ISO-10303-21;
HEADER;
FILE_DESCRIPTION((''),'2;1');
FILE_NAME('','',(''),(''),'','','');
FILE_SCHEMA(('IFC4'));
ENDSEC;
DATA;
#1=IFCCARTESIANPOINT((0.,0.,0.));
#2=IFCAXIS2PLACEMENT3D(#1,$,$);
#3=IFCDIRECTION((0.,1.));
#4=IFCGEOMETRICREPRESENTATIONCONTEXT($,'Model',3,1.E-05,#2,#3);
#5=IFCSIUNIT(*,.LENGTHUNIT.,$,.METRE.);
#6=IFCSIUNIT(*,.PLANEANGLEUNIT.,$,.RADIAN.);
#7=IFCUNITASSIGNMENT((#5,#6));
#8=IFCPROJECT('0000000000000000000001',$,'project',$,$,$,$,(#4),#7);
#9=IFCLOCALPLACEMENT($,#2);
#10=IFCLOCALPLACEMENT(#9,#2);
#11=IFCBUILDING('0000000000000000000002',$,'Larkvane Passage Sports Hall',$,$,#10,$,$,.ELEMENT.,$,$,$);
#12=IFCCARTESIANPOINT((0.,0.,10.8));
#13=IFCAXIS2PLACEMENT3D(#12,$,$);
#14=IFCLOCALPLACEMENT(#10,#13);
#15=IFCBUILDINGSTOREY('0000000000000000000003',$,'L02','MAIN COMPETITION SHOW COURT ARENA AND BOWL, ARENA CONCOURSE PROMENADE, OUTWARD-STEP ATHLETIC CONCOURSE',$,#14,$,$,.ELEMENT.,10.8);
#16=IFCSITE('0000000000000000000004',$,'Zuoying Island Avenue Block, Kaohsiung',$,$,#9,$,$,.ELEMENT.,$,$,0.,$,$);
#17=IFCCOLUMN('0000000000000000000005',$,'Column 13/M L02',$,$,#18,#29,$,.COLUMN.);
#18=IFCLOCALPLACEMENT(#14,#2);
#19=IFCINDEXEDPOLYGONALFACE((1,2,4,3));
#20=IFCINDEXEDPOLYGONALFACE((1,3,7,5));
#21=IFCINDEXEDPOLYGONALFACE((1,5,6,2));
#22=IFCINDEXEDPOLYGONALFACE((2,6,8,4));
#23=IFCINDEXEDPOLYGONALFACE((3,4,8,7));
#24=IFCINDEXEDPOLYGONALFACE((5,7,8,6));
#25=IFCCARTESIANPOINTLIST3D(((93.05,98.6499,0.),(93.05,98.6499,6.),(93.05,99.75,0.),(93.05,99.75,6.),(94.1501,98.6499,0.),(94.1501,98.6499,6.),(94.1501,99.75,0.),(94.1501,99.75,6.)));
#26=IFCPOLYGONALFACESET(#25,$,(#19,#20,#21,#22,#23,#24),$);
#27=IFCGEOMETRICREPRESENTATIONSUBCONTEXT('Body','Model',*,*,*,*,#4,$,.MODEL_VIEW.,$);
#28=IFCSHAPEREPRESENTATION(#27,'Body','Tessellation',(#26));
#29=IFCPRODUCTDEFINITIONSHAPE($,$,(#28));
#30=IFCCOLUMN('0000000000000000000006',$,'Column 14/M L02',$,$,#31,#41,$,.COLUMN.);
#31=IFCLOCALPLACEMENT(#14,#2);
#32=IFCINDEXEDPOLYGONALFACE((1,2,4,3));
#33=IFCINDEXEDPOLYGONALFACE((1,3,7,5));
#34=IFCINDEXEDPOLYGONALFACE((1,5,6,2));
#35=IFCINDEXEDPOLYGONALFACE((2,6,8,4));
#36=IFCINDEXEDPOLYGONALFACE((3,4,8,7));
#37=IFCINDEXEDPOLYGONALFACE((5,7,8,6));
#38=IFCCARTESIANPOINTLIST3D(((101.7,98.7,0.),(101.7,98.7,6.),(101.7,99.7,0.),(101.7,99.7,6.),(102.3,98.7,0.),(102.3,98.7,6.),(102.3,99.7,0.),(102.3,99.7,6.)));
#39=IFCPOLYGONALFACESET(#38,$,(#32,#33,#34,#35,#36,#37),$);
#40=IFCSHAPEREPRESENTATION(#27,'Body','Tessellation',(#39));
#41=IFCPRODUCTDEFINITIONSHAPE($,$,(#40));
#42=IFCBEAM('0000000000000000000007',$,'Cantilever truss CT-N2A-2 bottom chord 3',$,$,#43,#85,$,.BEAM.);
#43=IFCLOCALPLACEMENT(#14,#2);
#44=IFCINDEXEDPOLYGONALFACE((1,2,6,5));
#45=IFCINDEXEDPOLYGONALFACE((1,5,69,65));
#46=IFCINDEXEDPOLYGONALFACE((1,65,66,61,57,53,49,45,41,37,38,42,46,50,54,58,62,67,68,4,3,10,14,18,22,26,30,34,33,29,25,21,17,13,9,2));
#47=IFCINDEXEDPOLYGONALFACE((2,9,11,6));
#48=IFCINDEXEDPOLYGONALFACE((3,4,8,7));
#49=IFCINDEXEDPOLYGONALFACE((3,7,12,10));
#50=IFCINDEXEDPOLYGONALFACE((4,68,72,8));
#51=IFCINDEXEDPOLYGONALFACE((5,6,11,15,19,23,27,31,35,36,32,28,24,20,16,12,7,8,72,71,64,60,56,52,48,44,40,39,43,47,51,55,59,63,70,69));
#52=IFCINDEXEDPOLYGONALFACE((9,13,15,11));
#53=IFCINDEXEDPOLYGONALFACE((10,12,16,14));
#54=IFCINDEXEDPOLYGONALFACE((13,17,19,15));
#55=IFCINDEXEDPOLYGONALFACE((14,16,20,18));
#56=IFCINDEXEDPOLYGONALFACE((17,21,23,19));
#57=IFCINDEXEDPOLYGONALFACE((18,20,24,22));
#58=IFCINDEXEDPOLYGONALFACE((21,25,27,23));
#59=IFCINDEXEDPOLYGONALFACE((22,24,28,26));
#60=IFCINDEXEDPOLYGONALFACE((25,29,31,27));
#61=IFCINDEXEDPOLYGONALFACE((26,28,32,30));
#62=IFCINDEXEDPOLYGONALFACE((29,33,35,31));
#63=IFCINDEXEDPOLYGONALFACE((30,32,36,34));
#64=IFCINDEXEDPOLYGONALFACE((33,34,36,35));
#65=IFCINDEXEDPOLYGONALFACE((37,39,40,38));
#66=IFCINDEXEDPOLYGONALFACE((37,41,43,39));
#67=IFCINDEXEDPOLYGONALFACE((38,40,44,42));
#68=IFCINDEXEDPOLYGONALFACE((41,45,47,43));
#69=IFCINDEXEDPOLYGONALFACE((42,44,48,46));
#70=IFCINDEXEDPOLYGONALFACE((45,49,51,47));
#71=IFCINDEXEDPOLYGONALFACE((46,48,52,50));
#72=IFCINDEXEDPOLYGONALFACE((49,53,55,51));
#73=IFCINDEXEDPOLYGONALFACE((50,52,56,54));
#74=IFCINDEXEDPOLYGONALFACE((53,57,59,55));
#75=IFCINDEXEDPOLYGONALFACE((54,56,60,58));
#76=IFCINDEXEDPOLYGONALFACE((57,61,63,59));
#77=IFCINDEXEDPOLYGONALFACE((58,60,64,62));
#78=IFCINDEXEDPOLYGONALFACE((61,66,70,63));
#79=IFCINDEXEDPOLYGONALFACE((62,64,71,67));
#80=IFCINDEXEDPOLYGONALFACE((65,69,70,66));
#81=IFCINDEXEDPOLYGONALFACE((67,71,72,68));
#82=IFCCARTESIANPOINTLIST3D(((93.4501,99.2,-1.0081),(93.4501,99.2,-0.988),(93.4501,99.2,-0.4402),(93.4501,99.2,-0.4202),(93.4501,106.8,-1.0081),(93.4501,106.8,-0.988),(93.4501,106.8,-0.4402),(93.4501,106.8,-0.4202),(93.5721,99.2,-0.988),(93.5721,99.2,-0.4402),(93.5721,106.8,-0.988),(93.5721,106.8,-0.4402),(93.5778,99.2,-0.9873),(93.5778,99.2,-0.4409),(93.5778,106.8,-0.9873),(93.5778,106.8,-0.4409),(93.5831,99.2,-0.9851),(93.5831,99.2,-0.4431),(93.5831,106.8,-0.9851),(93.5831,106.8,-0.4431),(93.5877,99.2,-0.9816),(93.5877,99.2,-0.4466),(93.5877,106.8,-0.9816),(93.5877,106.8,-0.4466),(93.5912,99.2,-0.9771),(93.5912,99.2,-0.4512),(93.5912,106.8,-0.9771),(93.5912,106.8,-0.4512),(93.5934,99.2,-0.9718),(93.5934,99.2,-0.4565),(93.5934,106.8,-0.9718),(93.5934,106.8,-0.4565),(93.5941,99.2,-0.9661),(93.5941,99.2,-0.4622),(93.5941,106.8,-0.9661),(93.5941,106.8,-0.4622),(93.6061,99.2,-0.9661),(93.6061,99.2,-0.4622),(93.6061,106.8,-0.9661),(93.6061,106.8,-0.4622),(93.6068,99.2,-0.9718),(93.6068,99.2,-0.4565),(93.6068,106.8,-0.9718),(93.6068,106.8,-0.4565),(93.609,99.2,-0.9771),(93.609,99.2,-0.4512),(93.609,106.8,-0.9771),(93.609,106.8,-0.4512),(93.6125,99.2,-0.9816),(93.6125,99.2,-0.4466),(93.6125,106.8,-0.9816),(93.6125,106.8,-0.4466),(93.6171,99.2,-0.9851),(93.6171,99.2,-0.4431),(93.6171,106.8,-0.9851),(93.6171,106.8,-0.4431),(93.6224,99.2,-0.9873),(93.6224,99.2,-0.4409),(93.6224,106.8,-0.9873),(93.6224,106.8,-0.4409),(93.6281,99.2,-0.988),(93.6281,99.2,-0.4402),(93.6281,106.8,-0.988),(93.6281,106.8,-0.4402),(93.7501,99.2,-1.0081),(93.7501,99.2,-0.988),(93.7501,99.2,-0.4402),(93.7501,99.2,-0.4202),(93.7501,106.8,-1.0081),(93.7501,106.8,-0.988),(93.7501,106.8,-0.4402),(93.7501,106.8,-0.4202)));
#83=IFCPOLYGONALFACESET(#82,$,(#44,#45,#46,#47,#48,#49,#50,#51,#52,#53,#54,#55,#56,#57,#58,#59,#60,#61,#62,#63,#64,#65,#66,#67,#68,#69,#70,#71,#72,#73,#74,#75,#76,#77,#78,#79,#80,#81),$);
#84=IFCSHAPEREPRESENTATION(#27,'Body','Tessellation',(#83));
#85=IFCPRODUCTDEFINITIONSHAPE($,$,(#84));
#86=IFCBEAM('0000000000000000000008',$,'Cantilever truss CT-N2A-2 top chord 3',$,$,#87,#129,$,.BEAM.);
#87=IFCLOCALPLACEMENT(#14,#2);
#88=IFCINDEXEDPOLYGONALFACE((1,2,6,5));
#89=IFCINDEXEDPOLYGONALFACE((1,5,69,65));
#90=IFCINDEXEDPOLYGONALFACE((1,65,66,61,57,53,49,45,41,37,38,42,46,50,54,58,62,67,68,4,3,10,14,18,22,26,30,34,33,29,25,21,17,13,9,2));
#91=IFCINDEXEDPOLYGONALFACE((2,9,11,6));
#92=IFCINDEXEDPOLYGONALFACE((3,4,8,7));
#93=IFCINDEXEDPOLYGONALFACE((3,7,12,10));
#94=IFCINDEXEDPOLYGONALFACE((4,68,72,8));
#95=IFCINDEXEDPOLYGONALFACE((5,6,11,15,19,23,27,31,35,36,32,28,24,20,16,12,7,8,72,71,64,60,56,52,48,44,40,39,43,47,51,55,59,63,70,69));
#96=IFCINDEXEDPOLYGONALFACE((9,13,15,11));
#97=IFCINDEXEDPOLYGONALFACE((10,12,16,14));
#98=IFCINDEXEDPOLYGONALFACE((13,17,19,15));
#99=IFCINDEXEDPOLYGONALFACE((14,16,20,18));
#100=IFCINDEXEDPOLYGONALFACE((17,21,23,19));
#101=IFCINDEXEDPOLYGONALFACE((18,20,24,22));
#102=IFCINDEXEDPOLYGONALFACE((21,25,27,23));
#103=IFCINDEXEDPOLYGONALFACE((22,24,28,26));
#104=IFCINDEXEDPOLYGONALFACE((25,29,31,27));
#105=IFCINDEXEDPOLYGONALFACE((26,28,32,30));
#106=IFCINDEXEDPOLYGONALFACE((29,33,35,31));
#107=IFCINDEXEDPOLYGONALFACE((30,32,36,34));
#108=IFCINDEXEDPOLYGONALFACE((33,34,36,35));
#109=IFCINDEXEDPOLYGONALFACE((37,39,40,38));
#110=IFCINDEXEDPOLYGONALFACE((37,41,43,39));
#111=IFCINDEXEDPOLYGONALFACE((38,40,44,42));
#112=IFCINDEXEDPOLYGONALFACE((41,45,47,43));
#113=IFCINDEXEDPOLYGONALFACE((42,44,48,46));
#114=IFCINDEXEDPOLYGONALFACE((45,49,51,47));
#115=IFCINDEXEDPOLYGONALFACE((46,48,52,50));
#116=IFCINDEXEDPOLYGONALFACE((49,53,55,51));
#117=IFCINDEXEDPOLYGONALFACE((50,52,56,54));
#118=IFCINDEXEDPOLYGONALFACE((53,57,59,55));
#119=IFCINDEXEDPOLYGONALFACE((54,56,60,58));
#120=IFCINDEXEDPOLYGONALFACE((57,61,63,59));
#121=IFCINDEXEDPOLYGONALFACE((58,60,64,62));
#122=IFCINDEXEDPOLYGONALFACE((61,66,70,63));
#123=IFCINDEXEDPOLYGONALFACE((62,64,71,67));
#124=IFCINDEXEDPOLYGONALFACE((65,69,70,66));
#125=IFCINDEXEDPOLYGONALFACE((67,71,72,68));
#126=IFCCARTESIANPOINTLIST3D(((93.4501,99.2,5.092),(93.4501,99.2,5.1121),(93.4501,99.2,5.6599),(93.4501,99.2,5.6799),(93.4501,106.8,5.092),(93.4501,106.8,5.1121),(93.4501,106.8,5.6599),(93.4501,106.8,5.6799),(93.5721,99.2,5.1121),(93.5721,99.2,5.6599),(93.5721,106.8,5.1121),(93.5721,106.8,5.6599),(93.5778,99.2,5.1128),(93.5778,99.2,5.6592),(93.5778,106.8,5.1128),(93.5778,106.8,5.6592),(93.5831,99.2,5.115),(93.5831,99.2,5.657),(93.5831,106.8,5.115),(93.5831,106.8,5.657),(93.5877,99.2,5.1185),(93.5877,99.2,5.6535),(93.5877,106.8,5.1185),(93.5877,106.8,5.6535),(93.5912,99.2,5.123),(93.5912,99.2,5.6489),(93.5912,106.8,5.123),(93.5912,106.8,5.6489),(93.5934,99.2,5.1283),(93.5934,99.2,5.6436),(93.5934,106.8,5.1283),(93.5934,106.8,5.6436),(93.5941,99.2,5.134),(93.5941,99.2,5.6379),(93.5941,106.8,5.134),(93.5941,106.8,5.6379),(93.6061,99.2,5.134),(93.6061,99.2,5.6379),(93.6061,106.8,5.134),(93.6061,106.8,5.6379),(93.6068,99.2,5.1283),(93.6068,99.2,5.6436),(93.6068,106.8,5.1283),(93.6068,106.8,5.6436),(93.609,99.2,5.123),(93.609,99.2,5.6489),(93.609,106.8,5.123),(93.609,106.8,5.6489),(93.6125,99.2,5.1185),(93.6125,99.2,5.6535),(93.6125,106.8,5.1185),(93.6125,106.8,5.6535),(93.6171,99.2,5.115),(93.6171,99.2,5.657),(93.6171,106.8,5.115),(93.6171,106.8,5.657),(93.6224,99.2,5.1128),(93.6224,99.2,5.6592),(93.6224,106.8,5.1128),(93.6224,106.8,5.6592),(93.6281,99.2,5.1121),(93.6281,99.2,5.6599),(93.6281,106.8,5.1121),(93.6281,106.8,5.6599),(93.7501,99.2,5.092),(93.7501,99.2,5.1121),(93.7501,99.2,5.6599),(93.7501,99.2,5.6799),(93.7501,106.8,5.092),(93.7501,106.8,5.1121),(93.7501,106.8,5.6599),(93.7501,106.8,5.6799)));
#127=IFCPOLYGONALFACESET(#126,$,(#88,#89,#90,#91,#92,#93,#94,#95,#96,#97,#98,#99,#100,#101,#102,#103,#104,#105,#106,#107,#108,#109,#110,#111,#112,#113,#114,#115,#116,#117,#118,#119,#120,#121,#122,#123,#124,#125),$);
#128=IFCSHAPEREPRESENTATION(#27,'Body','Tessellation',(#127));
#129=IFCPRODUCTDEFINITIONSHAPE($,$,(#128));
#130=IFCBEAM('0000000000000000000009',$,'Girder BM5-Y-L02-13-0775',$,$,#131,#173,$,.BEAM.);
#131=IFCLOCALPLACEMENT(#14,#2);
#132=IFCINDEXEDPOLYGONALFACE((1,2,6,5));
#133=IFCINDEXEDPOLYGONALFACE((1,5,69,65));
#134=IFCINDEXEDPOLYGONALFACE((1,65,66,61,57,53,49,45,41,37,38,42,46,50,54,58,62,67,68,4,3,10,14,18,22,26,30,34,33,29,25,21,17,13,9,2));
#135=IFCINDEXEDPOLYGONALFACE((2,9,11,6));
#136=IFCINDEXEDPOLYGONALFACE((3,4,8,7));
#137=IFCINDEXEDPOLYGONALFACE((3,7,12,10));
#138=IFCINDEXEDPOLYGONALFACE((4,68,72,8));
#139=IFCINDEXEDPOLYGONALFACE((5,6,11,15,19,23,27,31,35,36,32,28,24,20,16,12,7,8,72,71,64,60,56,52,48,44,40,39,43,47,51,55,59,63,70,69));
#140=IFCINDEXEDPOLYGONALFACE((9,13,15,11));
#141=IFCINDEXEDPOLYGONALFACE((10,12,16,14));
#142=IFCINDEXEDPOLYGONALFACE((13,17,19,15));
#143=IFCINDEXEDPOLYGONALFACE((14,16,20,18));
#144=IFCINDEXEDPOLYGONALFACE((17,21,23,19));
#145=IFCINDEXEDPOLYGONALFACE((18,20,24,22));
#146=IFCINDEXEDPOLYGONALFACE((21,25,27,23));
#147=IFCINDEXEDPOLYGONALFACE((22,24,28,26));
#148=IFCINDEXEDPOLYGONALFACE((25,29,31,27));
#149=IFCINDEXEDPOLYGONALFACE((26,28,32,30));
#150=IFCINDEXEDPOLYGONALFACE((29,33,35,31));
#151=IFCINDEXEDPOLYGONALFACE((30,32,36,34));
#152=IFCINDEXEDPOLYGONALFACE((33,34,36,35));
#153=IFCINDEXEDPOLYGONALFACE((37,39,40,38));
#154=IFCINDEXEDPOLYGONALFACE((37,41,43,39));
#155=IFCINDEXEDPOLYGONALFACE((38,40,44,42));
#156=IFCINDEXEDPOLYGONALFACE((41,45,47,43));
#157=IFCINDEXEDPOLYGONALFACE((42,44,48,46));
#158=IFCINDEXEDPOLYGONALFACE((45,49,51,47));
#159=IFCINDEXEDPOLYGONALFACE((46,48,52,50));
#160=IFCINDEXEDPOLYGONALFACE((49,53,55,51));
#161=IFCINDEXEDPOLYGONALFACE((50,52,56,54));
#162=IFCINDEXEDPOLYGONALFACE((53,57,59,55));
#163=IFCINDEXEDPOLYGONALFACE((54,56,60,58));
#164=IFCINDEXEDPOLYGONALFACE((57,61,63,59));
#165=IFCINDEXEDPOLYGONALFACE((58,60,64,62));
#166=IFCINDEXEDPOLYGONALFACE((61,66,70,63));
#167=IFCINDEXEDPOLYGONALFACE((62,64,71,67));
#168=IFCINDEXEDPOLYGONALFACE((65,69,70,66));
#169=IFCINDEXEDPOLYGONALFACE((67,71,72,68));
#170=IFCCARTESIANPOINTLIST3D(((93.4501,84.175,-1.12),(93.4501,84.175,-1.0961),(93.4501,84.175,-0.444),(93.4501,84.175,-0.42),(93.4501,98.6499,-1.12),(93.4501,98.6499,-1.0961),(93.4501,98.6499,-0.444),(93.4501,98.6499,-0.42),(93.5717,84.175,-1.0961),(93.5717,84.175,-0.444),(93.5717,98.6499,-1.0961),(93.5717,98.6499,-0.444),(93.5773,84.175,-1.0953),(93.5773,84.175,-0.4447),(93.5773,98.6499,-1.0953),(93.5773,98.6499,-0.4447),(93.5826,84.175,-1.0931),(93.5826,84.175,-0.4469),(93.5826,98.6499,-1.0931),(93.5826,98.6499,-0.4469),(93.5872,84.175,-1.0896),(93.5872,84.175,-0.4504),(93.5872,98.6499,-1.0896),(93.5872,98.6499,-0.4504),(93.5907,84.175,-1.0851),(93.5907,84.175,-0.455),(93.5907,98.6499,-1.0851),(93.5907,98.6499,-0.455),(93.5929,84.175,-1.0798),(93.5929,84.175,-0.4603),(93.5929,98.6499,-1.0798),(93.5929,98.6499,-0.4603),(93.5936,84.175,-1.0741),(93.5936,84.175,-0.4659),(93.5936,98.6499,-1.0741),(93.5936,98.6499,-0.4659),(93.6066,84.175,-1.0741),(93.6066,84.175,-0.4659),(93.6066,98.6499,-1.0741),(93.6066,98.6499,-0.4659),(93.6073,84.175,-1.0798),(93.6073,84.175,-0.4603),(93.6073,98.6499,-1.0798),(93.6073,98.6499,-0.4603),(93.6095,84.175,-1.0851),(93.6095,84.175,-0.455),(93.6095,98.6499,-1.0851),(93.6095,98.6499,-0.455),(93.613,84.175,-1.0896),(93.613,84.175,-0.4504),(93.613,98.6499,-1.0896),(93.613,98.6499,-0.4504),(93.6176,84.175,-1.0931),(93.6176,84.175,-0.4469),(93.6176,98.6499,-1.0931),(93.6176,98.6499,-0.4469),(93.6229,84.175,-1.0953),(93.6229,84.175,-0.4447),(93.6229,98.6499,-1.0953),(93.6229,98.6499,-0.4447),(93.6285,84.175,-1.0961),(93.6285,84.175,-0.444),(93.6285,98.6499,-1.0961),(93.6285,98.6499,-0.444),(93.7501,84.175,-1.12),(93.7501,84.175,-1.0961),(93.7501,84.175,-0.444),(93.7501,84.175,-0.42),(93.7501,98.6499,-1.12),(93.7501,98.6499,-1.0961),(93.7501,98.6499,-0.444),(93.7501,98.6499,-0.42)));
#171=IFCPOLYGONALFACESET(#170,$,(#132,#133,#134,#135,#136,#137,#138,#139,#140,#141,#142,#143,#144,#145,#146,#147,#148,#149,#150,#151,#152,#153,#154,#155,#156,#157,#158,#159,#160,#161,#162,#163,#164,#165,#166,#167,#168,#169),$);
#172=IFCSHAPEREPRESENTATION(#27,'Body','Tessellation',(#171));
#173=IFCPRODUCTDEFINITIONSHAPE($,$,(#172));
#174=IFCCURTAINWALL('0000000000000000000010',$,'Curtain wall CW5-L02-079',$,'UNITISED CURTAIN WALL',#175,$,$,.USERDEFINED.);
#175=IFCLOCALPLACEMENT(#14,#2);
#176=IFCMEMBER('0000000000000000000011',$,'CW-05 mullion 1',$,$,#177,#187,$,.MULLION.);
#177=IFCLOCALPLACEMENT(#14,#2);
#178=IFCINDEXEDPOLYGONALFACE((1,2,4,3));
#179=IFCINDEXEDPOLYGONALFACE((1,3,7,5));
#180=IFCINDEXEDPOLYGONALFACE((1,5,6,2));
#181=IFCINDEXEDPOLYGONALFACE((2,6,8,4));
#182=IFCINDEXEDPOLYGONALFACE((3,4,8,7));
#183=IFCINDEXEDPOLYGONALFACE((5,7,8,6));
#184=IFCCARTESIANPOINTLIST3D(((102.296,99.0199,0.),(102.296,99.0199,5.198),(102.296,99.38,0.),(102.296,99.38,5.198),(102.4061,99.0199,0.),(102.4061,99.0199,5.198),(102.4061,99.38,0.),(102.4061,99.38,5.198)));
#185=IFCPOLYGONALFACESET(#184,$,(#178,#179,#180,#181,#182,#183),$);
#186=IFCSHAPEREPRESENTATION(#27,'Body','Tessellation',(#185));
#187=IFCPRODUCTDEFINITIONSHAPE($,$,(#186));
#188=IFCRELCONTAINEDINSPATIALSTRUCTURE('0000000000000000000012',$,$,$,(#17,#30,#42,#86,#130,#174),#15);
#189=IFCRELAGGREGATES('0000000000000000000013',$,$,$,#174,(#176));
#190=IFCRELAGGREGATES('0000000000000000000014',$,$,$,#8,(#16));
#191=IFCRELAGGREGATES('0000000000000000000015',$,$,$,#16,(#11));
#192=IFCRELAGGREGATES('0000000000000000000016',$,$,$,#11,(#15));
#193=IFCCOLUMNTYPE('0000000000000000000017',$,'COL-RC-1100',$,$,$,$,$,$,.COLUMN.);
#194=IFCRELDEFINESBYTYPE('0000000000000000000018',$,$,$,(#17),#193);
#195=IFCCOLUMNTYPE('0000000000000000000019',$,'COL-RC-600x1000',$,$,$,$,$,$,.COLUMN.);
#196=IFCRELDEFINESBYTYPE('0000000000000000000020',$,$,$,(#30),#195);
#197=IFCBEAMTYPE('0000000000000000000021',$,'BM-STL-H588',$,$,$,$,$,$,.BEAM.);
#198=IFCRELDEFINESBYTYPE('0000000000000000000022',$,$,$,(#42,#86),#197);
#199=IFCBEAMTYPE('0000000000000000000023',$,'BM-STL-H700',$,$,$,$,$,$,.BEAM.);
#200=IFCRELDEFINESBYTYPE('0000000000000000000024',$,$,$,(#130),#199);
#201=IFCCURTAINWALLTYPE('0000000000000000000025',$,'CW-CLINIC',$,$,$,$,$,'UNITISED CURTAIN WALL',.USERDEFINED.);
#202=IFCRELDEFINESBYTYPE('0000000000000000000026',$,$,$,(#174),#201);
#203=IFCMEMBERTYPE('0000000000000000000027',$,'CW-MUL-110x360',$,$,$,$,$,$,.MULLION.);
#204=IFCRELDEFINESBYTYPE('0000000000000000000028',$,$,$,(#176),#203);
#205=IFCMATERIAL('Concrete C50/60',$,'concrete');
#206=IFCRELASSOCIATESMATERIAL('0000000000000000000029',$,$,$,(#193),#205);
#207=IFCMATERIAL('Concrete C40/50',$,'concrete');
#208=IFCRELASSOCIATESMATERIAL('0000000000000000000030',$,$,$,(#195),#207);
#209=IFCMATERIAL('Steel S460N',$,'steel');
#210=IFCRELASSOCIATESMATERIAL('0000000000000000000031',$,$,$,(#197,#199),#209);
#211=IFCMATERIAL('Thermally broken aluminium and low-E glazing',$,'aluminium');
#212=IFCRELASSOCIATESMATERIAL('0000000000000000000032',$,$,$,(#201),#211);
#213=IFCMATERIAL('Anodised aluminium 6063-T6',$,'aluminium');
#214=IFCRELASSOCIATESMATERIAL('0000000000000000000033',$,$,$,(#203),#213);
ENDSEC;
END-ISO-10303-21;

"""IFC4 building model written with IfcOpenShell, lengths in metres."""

from ifc_helpers import new_model, si_unit, direction, frame, origin, origin_2d, place, context, subcontext, project, spatial, rectangle, i_section, extrude, material, material_profile, profile_set, type_object, element, aggregate, save


model = new_model("IFC4")

# Units and contexts
model_context = context("Model", 3, precision=1e-05, world=origin(), true_north=direction((0.0, 1.0)))
body_context = subcontext(model_context, "Body", "Model", "MODEL_VIEW")
ifc_project = project(units=[si_unit("LENGTHUNIT", "METRE"), si_unit("PLANEANGLEUNIT", "RADIAN")], contexts=[model_context])

# Site, building, storey
site_placement = place(None, origin())
site = spatial("IfcSite", under=ifc_project, at=site_placement, Name="Zuoying Island Avenue Block, Kaohsiung", CompositionType="ELEMENT", RefElevation=0.0)
building_placement = place(site_placement, origin())
building = spatial("IfcBuilding", under=site, at=building_placement, Name="Larkvane Passage Sports Hall", CompositionType="ELEMENT")
storey_placement = place(building_placement, frame((0.0, 0.0, 10.8)))
storey = spatial("IfcBuildingStorey", under=building, at=storey_placement, Name="L02", Description="MAIN COMPETITION SHOW COURT ARENA AND BOWL, ARENA CONCOURSE PROMENADE, OUTWARD-STEP ATHLETIC CONCOURSE", CompositionType="ELEMENT", Elevation=10.8)

# Columns
ifc_material_1 = material(Name="Concrete C50/60", Category="concrete")
ifc_material_profile_1 = material_profile(ifc_material_1, rectangle(XDim=1.1001, YDim=1.1001, at=origin_2d()), Name="RC-COL-1100x1100")
ifc_profile_set_1 = profile_set([ifc_material_profile_1], Name="Concrete C50/60")
column_type_1 = type_object("IfcColumnType", Name="COL-RC-1100", PredefinedType="COLUMN", material=ifc_profile_set_1)
column_1_placement = place(storey_placement, frame((93.6001, 99.2, 0.0), z_axis=(0.0, 0.0, 1.0), x_axis=(1.0, 0.0, 0.0)))
element("IfcColumn", 1, at=column_1_placement, inside=storey, type_object=column_type_1, Name="Column 13/M L02", PredefinedType="COLUMN", context=body_context, shape_type="SweptSolid", body=[
    extrude(rectangle(XDim=1.1001, YDim=1.1001, at=origin_2d()), origin(), (0.0, 0.0, 1.0), 6.0),
])
ifc_material_2 = material(Name="Concrete C40/50", Category="concrete")
ifc_material_profile_2 = material_profile(ifc_material_2, rectangle(XDim=0.6001, YDim=1.0, at=origin_2d()), Name="RC-COL-600x1000")
ifc_profile_set_2 = profile_set([ifc_material_profile_2], Name="Concrete C40/50")
column_type_2 = type_object("IfcColumnType", Name="COL-RC-600x1000", PredefinedType="COLUMN", material=ifc_profile_set_2)
column_2_placement = place(storey_placement, frame((102.0, 99.2, 0.0), z_axis=(0.0, 0.0, 1.0), x_axis=(1.0, 0.0, 0.0)))
element("IfcColumn", 2, at=column_2_placement, inside=storey, type_object=column_type_2, Name="Column 14/M L02", PredefinedType="COLUMN", context=body_context, shape_type="SweptSolid", body=[
    extrude(rectangle(XDim=0.6001, YDim=1.0, at=origin_2d()), origin(), (0.0, 0.0, 1.0), 6.0),
])

# Beams
ifc_material_3 = material(Name="Steel S460N", Category="steel")
ifc_material_profile_3 = material_profile(ifc_material_3, i_section(OverallWidth=0.3, OverallDepth=0.5879, WebThickness=0.012, FlangeThickness=0.02, FilletRadius=0.022, at=origin_2d()), Name="H-588x300x12x20")
ifc_profile_set_3 = profile_set([ifc_material_profile_3], Name="Steel S460N")
beam_type_1 = type_object("IfcBeamType", Name="BM-STL-H588", PredefinedType="BEAM", material=ifc_profile_set_3)
for number, where, z_axis, x_axis, name in (
    (3, (93.6001, 99.2, -0.7141), (0.0, 1.0, 0.0), (-1.0, 0.0, 0.0), "Cantilever truss CT-N2A-2 bottom chord 3"),
    (4, (93.6001, 99.2, 5.386), (0.0, 1.0, 0.0), (-1.0, 0.0, 0.0), "Cantilever truss CT-N2A-2 top chord 3"),
):
    element("IfcBeam", number, at=place(storey_placement, frame(where, z_axis=z_axis, x_axis=x_axis)), inside=storey, type_object=beam_type_1, Name=name, PredefinedType="BEAM", context=body_context, shape_type="SweptSolid", body=[
        extrude(i_section(OverallWidth=0.3, OverallDepth=0.5879, WebThickness=0.012, FlangeThickness=0.02, FilletRadius=0.022, at=origin_2d()), origin(), (0.0, 0.0, 1.0), 7.6001),
    ])
ifc_material_profile_4 = material_profile(ifc_material_3, i_section(OverallWidth=0.3, OverallDepth=0.7, WebThickness=0.0129, FlangeThickness=0.0239, FilletRadius=0.022, at=origin_2d()), Name="H-700x300x13x24")
ifc_profile_set_4 = profile_set([ifc_material_profile_4], Name="Steel S460N")
beam_type_2 = type_object("IfcBeamType", Name="BM-STL-H700", PredefinedType="BEAM", material=ifc_profile_set_4)
beam_1_placement = place(storey_placement, frame((93.6001, 84.175, -0.77), z_axis=(0.0, 1.0, 0.0), x_axis=(-1.0, 0.0, 0.0)))
element("IfcBeam", 5, at=beam_1_placement, inside=storey, type_object=beam_type_2, Name="Girder BM5-Y-L02-13-0775", PredefinedType="BEAM", context=body_context, shape_type="SweptSolid", body=[
    extrude(i_section(OverallWidth=0.3, OverallDepth=0.7, WebThickness=0.0129, FlangeThickness=0.0239, FilletRadius=0.022, at=origin_2d()), origin(), (0.0, 0.0, 1.0), 14.4749),
])

# Curtain wall, member
ifc_material_4 = material(Name="Thermally broken aluminium and low-E glazing", Category="aluminium")
curtain_wall_type = type_object("IfcCurtainWallType", Name="CW-CLINIC", ElementType="UNITISED CURTAIN WALL", PredefinedType="USERDEFINED", material=ifc_material_4)
curtain_wall_placement = place(storey_placement, origin())
curtain_wall = element("IfcCurtainWall", 6, at=curtain_wall_placement, inside=storey, type_object=curtain_wall_type, Name="Curtain wall CW5-L02-079", ObjectType="UNITISED CURTAIN WALL", PredefinedType="USERDEFINED")
ifc_material_5 = material(Name="Anodised aluminium 6063-T6", Category="aluminium")
ifc_material_profile_5 = material_profile(ifc_material_5, rectangle(XDim=0.1101, YDim=0.3601, at=origin_2d()), Name="ALU-MUL-110x360")
ifc_profile_set_5 = profile_set([ifc_material_profile_5], Name="Anodised aluminium 6063-T6")
member_type_1 = type_object("IfcMemberType", Name="CW-MUL-110x360", PredefinedType="MULLION", material=ifc_profile_set_5)
member_1_placement = place(storey_placement, frame((102.3511, 99.2, 0.0), z_axis=(0.0, 0.0, 1.0), x_axis=(1.0, 0.0, 0.0)))
member_1 = element("IfcMember", 7, at=member_1_placement, type_object=member_type_1, Name="CW-05 mullion 1", PredefinedType="MULLION", context=body_context, shape_type="SweptSolid", body=[
    extrude(rectangle(XDim=0.1101, YDim=0.3601, at=origin_2d()), origin(), (0.0, 0.0, 1.0), 5.198),
])
aggregate(curtain_wall, [member_1])

save(model, "model.ifc")
